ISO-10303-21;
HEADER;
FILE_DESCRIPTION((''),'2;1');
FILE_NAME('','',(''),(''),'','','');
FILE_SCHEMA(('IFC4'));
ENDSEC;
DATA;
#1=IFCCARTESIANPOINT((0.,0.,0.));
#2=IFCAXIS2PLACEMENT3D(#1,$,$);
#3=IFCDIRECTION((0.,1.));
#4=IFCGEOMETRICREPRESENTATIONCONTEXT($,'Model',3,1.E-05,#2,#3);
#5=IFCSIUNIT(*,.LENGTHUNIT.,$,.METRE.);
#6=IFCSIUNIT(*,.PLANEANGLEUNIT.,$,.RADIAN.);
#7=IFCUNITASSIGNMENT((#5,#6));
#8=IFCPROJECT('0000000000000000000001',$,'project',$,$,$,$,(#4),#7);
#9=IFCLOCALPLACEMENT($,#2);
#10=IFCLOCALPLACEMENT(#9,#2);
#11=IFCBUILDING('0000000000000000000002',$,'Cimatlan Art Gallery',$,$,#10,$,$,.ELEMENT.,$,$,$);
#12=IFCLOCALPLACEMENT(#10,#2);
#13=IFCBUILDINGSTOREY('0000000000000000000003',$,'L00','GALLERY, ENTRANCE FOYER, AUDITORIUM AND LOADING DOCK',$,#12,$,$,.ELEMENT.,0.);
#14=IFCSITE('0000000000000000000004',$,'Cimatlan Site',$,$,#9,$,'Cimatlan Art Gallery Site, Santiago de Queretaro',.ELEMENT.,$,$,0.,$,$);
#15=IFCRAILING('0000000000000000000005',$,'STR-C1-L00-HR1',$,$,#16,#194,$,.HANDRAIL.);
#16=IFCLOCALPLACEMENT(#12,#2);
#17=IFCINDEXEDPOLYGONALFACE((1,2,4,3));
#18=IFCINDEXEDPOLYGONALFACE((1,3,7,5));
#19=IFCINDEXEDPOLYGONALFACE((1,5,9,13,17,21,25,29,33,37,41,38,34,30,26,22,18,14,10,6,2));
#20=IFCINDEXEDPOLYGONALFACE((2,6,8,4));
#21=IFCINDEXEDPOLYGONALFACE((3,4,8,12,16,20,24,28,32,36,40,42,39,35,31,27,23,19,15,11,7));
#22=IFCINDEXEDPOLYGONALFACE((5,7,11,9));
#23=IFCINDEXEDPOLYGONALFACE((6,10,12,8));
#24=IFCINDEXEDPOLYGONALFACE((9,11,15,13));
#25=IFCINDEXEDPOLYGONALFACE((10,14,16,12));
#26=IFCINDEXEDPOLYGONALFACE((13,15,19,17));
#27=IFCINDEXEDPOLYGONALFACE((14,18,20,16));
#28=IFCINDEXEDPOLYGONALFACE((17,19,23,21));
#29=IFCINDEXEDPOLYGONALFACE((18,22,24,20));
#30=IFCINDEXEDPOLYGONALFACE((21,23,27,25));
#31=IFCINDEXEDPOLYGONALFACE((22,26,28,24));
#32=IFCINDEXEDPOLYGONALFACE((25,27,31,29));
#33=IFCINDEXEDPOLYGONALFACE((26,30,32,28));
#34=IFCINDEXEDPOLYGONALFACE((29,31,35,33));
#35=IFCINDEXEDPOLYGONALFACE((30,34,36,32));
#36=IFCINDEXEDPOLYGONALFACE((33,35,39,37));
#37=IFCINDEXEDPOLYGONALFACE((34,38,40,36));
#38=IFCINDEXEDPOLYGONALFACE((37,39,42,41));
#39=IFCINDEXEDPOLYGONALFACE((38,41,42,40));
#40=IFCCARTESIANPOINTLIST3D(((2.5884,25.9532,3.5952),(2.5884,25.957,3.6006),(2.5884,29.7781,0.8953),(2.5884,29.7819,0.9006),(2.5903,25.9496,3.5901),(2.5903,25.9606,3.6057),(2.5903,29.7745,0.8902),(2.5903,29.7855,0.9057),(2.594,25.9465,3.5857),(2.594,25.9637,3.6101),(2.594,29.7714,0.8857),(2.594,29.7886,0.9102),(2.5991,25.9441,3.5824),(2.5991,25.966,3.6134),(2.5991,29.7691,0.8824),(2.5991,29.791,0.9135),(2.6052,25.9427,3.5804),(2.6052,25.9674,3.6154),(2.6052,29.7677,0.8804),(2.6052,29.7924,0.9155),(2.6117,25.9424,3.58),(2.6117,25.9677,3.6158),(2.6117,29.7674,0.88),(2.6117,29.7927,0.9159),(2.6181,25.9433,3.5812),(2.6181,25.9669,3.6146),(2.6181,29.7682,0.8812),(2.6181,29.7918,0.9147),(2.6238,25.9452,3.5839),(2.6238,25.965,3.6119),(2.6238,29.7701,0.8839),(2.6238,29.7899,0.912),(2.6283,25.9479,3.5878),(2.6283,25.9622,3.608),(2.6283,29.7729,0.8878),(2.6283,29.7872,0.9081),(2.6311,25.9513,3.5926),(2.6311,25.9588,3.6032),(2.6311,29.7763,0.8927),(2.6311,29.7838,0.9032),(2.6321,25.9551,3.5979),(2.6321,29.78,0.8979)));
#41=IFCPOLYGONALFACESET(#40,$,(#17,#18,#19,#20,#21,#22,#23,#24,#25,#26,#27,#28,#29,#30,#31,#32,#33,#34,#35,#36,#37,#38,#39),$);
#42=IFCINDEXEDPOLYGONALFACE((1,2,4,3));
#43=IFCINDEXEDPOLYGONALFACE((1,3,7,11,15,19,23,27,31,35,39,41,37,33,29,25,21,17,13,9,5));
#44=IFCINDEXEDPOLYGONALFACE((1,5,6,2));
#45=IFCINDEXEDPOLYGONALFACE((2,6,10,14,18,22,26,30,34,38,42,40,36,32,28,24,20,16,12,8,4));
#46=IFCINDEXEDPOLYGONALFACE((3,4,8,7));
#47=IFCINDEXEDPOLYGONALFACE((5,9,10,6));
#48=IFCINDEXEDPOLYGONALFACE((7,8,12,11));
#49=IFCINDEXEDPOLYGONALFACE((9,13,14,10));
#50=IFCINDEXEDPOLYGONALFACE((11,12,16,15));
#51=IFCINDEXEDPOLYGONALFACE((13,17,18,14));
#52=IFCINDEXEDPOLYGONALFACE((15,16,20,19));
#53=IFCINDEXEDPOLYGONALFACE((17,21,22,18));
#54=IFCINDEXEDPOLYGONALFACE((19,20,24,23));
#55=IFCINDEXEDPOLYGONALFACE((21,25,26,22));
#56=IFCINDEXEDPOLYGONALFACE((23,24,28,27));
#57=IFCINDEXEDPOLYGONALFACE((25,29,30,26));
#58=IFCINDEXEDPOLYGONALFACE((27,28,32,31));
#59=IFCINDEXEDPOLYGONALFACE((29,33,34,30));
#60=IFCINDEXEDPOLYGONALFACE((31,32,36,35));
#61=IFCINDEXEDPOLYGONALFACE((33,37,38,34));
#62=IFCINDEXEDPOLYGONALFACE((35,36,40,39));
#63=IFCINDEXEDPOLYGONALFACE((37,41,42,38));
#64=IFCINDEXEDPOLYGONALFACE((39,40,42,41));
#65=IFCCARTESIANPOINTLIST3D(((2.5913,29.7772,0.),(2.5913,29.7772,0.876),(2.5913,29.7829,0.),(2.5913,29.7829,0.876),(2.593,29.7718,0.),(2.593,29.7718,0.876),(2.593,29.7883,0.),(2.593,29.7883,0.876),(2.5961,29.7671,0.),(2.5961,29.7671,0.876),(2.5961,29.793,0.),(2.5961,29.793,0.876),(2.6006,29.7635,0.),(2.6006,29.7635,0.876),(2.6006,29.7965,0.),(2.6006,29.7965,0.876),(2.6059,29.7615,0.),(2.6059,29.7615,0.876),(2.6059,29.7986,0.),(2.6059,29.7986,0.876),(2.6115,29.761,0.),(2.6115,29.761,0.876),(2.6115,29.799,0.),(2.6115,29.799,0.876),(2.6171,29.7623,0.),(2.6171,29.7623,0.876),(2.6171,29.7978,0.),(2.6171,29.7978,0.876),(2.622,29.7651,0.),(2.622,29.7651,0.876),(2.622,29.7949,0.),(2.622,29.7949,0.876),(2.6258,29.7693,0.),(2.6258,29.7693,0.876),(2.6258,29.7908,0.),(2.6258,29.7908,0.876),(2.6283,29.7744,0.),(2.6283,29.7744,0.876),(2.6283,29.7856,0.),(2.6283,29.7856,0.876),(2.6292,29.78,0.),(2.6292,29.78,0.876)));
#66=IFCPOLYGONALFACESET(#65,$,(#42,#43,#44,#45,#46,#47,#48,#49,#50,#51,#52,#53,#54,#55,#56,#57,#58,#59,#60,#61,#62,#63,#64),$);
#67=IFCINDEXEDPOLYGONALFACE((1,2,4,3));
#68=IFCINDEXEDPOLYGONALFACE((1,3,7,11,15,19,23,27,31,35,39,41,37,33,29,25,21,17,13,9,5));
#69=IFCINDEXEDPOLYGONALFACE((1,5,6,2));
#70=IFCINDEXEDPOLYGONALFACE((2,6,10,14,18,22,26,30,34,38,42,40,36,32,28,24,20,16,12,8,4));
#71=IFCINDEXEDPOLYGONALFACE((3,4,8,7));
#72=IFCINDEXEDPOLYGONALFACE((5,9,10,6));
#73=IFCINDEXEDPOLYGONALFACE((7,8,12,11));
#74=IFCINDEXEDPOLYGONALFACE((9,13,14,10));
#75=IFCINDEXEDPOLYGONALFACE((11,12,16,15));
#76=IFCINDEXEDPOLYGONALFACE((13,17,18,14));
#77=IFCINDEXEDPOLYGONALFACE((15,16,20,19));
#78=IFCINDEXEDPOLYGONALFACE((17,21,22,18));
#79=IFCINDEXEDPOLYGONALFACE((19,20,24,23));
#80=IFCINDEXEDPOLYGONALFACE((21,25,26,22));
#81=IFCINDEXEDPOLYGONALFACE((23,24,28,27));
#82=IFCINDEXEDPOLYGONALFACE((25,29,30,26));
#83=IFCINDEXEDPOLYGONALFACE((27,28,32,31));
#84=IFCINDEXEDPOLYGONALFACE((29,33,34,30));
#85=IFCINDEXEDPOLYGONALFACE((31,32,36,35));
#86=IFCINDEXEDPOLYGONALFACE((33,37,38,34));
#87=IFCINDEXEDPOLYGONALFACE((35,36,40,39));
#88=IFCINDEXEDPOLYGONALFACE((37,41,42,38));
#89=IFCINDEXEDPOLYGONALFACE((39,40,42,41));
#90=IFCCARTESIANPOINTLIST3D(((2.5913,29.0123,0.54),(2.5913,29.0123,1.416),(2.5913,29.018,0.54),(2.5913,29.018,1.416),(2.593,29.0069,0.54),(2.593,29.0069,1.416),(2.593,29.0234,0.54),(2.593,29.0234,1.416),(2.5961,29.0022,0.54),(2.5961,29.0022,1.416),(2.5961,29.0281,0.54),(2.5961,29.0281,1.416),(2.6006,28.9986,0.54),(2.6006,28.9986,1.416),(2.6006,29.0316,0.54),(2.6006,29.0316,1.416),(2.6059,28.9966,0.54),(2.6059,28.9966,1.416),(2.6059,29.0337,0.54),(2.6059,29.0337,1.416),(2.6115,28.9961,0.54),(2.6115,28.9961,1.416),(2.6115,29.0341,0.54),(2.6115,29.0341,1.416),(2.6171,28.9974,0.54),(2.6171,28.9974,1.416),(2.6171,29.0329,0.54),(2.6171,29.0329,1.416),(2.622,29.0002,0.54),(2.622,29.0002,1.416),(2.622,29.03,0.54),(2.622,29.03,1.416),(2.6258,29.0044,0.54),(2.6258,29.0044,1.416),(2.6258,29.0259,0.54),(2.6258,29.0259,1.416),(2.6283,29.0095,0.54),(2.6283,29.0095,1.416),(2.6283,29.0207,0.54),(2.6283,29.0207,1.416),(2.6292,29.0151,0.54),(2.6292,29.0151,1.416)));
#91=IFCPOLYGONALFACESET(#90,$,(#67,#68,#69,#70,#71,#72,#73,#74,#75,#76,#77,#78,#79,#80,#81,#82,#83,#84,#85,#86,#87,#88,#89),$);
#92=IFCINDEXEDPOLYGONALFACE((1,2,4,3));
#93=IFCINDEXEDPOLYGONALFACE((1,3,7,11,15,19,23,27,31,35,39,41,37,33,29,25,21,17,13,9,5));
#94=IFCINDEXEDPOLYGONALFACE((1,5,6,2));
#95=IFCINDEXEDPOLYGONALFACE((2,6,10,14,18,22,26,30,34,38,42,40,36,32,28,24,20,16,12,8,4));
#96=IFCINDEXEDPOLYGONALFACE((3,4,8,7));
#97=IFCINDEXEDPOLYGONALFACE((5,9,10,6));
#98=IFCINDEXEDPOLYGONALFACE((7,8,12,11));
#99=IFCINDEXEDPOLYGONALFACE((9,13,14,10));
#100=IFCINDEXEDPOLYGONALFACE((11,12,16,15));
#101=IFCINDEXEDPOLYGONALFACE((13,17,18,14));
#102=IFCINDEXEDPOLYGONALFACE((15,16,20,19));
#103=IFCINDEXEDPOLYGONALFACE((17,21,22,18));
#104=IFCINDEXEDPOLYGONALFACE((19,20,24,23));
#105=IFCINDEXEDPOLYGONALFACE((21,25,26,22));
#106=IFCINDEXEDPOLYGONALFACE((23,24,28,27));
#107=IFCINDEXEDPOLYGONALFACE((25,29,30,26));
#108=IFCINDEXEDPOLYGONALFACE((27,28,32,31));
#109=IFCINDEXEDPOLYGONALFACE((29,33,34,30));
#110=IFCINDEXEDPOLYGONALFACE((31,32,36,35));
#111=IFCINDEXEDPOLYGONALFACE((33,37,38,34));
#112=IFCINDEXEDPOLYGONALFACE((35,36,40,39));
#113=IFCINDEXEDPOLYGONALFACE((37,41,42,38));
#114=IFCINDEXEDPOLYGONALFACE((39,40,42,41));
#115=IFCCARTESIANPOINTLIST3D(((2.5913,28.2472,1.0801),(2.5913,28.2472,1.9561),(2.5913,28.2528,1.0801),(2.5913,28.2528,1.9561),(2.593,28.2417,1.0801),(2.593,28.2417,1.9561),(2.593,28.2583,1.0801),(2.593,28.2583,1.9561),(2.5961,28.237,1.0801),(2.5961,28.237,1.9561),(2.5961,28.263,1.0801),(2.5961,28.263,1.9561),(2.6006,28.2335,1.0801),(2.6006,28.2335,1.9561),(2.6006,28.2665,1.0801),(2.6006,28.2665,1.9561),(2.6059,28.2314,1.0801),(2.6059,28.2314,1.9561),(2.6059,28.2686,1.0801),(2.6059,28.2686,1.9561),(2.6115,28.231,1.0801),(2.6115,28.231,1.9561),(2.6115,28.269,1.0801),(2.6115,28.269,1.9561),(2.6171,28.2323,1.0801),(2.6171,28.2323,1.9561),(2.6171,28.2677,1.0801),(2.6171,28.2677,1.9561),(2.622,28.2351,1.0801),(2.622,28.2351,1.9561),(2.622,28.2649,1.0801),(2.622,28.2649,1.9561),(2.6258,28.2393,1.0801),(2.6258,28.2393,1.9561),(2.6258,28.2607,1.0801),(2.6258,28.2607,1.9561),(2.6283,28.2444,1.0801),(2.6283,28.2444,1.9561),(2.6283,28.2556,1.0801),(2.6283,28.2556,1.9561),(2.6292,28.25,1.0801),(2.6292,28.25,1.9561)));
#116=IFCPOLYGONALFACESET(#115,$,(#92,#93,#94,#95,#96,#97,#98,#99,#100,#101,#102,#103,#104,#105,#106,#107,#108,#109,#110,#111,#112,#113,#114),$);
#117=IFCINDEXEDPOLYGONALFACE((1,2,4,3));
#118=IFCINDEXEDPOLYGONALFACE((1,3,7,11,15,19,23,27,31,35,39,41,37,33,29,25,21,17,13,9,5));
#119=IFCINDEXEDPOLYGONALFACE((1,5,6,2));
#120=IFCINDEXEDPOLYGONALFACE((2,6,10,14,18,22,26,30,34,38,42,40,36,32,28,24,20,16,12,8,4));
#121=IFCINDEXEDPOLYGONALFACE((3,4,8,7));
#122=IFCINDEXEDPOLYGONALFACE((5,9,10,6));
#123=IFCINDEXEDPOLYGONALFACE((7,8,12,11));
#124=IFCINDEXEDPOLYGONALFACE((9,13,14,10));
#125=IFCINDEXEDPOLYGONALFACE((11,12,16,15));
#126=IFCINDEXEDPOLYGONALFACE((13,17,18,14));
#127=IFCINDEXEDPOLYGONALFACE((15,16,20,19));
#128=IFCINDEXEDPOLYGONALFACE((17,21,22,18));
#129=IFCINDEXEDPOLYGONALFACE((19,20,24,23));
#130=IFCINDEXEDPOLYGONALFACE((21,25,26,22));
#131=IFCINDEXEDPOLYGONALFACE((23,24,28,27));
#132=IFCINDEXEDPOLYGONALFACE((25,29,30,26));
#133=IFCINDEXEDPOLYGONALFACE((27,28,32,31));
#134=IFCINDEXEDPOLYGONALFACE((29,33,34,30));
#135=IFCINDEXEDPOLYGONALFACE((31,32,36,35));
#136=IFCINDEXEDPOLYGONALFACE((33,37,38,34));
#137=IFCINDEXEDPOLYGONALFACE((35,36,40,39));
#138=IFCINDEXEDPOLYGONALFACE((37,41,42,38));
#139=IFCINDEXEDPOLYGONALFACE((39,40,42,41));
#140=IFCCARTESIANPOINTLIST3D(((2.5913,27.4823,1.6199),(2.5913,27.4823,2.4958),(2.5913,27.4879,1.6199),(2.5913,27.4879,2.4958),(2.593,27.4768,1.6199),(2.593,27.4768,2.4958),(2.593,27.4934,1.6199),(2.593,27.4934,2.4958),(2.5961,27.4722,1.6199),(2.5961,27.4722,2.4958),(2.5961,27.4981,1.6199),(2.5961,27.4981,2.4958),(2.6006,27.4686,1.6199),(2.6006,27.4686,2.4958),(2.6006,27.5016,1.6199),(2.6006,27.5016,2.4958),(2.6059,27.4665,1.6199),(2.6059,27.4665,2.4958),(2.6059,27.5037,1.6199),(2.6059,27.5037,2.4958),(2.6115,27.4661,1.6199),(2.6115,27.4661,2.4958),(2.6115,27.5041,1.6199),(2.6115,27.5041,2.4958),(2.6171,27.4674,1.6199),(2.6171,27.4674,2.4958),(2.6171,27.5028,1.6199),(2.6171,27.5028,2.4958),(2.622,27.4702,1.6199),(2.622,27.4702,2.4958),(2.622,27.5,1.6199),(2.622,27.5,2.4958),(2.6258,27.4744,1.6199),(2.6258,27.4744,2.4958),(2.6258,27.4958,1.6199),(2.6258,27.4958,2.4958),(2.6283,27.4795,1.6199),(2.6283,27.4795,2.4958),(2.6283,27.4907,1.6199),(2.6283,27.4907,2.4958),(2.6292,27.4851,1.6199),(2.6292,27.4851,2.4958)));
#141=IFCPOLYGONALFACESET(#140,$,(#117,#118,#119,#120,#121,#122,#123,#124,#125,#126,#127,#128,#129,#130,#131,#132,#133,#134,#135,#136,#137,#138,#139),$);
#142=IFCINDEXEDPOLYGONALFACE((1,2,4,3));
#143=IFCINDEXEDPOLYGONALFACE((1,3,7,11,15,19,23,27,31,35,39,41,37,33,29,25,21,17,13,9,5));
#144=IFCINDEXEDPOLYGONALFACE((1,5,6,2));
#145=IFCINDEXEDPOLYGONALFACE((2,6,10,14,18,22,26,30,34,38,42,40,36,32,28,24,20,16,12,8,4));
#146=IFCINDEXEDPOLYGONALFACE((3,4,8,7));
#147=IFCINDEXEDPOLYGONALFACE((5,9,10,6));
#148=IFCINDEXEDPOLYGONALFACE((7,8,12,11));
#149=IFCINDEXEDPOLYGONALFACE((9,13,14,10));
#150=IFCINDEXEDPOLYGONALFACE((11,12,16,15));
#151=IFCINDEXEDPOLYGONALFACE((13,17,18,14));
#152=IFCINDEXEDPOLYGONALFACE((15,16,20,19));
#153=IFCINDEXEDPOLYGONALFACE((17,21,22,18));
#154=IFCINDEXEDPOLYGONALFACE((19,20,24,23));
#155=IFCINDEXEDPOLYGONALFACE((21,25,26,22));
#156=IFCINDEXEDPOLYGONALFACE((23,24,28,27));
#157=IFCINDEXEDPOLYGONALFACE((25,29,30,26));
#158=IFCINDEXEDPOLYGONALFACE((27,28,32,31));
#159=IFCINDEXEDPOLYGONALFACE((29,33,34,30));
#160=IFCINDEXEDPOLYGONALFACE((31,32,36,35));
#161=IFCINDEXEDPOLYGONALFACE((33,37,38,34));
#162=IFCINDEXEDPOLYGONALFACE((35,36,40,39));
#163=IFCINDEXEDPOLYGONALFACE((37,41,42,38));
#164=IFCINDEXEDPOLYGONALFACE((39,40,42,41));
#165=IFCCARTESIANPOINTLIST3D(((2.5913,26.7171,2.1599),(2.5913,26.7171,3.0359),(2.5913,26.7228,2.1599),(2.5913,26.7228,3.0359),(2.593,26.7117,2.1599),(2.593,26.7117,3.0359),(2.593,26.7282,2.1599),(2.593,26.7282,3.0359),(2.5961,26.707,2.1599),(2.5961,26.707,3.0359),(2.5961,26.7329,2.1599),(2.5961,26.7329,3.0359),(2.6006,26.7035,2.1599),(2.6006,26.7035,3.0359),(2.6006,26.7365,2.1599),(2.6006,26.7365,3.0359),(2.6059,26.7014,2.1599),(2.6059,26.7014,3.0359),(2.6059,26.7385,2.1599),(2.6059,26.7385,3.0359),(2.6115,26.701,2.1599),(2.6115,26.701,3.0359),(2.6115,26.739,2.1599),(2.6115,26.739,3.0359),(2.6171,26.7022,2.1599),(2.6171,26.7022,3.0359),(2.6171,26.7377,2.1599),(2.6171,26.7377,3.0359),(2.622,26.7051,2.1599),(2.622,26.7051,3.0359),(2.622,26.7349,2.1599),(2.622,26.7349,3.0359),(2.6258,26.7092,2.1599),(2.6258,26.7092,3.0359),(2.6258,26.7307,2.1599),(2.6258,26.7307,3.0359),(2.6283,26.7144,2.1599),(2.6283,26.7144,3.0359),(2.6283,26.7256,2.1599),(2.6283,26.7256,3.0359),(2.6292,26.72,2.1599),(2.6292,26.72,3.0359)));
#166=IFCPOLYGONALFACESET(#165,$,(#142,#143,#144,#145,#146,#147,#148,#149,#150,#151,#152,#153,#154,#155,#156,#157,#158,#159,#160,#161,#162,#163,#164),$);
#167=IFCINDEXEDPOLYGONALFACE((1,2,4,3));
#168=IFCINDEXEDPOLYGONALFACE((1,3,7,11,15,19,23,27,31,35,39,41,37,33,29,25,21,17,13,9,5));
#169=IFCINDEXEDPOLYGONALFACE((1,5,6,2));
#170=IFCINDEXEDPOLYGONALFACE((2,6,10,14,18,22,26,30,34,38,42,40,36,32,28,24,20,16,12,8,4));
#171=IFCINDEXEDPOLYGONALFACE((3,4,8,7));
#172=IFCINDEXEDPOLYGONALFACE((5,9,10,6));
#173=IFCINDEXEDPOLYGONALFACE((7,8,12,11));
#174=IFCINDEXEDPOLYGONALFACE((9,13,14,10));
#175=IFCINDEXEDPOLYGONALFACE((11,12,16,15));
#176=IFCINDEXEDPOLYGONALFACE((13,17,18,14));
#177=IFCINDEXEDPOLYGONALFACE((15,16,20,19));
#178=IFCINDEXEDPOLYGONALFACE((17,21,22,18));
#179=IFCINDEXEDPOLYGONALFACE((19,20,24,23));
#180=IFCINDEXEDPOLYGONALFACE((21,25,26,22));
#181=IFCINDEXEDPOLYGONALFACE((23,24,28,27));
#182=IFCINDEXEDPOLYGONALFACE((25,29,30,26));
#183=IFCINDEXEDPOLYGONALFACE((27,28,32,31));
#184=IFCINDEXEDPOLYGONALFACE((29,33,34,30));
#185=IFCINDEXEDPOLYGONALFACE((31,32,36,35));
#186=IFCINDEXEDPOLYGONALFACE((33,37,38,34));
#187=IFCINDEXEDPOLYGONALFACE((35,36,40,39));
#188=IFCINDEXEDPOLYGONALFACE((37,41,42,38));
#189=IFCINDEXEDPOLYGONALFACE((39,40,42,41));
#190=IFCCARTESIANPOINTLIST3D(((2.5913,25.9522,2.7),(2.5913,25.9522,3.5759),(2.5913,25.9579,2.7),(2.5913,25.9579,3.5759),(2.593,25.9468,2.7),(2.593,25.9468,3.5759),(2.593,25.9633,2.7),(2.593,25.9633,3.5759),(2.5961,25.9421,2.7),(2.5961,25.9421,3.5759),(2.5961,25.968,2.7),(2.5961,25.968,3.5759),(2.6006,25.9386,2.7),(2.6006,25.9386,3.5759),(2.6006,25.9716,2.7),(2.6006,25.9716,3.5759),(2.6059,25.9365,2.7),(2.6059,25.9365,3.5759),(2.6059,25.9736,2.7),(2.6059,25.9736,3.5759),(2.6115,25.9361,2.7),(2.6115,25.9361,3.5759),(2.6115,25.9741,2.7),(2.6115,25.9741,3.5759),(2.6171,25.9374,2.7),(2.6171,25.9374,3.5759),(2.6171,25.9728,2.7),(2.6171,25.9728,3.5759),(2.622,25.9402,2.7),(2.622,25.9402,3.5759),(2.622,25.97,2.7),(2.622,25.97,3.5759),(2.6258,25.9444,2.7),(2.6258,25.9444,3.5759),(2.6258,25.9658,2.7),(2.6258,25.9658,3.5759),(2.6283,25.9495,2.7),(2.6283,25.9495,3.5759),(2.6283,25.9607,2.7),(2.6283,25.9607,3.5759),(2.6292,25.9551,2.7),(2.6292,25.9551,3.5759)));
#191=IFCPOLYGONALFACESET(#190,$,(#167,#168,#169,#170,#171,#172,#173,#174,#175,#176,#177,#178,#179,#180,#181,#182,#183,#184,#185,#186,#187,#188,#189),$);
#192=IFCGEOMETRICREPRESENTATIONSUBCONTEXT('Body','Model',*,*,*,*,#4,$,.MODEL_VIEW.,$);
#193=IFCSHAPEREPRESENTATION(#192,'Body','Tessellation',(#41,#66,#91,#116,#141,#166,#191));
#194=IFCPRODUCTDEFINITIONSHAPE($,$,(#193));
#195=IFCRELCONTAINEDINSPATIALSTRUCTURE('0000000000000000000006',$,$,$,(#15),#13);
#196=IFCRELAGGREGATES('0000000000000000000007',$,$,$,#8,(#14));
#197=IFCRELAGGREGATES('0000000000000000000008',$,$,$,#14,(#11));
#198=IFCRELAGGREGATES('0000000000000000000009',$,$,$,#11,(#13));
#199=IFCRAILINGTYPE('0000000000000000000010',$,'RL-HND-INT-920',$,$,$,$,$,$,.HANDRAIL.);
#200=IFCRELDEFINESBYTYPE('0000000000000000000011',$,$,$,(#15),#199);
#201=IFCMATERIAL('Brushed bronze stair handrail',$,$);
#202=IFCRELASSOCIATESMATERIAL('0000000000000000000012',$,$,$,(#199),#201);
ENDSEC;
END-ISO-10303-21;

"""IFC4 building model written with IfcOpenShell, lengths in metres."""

from ifc_helpers import new_model, si_unit, direction, frame, origin, origin_2d, place, context, subcontext, project, spatial, circle, extrude, material, type_object, element, save


model = new_model("IFC4")

# Units and contexts
model_context = context("Model", 3, precision=1e-05, world=origin(), true_north=direction((0.0, 1.0)))
body_context = subcontext(model_context, "Body", "Model", "MODEL_VIEW")
ifc_project = project(units=[si_unit("LENGTHUNIT", "METRE"), si_unit("PLANEANGLEUNIT", "RADIAN")], contexts=[model_context])

# Site, building, storey
site_placement = place(None, origin())
site = spatial("IfcSite", under=ifc_project, at=site_placement, Name="Cimatlan Site", LongName="Cimatlan Art Gallery Site, Santiago de Queretaro", CompositionType="ELEMENT", RefElevation=0.0)
building_placement = place(site_placement, origin())
building = spatial("IfcBuilding", under=site, at=building_placement, Name="Cimatlan Art Gallery", CompositionType="ELEMENT")
storey_placement = place(building_placement, origin())
storey = spatial("IfcBuildingStorey", under=building, at=storey_placement, Name="L00", Description="GALLERY, ENTRANCE FOYER, AUDITORIUM AND LOADING DOCK", CompositionType="ELEMENT", Elevation=0.0)

# Railing
ifc_material_1 = material(Name="Brushed bronze stair handrail")
railing_type_1 = type_object("IfcRailingType", Name="RL-HND-INT-920", PredefinedType="HANDRAIL", material=ifc_material_1)
railing_1_placement = place(storey_placement, frame((2.6101, 29.78, 0.0)))
element("IfcRailing", 1, at=railing_1_placement, inside=storey, type_object=railing_type_1, Name="STR-C1-L00-HR1", PredefinedType="HANDRAIL", context=body_context, shape_type="SweptSolid", body=[
    extrude(circle(Radius=0.022, at=origin_2d()), frame((0.0, 0.0, 0.8979), z_axis=(0.0, -0.816969, 0.576681), x_axis=(1.0, 0.0, 0.0)), (0.0, 0.0, 1.0), 4.6819),
    extrude(circle(Radius=0.019, at=origin_2d()), origin(), (0.0, 0.0, 1.0), 0.876),
    extrude(circle(Radius=0.019, at=origin_2d()), frame((0.0, -0.7649, 0.54)), (0.0, 0.0, 1.0), 0.876),
    extrude(circle(Radius=0.019, at=origin_2d()), frame((0.0, -1.53, 1.0801)), (0.0, 0.0, 1.0), 0.876),
    extrude(circle(Radius=0.019, at=origin_2d()), frame((0.0, -2.2949, 1.6199)), (0.0, 0.0, 1.0), 0.876),
    extrude(circle(Radius=0.019, at=origin_2d()), frame((0.0, -3.0601, 2.1599)), (0.0, 0.0, 1.0), 0.876),
    extrude(circle(Radius=0.019, at=origin_2d()), frame((0.0, -3.825, 2.7)), (0.0, 0.0, 1.0), 0.876),
])

save(model, "model.ifc")
